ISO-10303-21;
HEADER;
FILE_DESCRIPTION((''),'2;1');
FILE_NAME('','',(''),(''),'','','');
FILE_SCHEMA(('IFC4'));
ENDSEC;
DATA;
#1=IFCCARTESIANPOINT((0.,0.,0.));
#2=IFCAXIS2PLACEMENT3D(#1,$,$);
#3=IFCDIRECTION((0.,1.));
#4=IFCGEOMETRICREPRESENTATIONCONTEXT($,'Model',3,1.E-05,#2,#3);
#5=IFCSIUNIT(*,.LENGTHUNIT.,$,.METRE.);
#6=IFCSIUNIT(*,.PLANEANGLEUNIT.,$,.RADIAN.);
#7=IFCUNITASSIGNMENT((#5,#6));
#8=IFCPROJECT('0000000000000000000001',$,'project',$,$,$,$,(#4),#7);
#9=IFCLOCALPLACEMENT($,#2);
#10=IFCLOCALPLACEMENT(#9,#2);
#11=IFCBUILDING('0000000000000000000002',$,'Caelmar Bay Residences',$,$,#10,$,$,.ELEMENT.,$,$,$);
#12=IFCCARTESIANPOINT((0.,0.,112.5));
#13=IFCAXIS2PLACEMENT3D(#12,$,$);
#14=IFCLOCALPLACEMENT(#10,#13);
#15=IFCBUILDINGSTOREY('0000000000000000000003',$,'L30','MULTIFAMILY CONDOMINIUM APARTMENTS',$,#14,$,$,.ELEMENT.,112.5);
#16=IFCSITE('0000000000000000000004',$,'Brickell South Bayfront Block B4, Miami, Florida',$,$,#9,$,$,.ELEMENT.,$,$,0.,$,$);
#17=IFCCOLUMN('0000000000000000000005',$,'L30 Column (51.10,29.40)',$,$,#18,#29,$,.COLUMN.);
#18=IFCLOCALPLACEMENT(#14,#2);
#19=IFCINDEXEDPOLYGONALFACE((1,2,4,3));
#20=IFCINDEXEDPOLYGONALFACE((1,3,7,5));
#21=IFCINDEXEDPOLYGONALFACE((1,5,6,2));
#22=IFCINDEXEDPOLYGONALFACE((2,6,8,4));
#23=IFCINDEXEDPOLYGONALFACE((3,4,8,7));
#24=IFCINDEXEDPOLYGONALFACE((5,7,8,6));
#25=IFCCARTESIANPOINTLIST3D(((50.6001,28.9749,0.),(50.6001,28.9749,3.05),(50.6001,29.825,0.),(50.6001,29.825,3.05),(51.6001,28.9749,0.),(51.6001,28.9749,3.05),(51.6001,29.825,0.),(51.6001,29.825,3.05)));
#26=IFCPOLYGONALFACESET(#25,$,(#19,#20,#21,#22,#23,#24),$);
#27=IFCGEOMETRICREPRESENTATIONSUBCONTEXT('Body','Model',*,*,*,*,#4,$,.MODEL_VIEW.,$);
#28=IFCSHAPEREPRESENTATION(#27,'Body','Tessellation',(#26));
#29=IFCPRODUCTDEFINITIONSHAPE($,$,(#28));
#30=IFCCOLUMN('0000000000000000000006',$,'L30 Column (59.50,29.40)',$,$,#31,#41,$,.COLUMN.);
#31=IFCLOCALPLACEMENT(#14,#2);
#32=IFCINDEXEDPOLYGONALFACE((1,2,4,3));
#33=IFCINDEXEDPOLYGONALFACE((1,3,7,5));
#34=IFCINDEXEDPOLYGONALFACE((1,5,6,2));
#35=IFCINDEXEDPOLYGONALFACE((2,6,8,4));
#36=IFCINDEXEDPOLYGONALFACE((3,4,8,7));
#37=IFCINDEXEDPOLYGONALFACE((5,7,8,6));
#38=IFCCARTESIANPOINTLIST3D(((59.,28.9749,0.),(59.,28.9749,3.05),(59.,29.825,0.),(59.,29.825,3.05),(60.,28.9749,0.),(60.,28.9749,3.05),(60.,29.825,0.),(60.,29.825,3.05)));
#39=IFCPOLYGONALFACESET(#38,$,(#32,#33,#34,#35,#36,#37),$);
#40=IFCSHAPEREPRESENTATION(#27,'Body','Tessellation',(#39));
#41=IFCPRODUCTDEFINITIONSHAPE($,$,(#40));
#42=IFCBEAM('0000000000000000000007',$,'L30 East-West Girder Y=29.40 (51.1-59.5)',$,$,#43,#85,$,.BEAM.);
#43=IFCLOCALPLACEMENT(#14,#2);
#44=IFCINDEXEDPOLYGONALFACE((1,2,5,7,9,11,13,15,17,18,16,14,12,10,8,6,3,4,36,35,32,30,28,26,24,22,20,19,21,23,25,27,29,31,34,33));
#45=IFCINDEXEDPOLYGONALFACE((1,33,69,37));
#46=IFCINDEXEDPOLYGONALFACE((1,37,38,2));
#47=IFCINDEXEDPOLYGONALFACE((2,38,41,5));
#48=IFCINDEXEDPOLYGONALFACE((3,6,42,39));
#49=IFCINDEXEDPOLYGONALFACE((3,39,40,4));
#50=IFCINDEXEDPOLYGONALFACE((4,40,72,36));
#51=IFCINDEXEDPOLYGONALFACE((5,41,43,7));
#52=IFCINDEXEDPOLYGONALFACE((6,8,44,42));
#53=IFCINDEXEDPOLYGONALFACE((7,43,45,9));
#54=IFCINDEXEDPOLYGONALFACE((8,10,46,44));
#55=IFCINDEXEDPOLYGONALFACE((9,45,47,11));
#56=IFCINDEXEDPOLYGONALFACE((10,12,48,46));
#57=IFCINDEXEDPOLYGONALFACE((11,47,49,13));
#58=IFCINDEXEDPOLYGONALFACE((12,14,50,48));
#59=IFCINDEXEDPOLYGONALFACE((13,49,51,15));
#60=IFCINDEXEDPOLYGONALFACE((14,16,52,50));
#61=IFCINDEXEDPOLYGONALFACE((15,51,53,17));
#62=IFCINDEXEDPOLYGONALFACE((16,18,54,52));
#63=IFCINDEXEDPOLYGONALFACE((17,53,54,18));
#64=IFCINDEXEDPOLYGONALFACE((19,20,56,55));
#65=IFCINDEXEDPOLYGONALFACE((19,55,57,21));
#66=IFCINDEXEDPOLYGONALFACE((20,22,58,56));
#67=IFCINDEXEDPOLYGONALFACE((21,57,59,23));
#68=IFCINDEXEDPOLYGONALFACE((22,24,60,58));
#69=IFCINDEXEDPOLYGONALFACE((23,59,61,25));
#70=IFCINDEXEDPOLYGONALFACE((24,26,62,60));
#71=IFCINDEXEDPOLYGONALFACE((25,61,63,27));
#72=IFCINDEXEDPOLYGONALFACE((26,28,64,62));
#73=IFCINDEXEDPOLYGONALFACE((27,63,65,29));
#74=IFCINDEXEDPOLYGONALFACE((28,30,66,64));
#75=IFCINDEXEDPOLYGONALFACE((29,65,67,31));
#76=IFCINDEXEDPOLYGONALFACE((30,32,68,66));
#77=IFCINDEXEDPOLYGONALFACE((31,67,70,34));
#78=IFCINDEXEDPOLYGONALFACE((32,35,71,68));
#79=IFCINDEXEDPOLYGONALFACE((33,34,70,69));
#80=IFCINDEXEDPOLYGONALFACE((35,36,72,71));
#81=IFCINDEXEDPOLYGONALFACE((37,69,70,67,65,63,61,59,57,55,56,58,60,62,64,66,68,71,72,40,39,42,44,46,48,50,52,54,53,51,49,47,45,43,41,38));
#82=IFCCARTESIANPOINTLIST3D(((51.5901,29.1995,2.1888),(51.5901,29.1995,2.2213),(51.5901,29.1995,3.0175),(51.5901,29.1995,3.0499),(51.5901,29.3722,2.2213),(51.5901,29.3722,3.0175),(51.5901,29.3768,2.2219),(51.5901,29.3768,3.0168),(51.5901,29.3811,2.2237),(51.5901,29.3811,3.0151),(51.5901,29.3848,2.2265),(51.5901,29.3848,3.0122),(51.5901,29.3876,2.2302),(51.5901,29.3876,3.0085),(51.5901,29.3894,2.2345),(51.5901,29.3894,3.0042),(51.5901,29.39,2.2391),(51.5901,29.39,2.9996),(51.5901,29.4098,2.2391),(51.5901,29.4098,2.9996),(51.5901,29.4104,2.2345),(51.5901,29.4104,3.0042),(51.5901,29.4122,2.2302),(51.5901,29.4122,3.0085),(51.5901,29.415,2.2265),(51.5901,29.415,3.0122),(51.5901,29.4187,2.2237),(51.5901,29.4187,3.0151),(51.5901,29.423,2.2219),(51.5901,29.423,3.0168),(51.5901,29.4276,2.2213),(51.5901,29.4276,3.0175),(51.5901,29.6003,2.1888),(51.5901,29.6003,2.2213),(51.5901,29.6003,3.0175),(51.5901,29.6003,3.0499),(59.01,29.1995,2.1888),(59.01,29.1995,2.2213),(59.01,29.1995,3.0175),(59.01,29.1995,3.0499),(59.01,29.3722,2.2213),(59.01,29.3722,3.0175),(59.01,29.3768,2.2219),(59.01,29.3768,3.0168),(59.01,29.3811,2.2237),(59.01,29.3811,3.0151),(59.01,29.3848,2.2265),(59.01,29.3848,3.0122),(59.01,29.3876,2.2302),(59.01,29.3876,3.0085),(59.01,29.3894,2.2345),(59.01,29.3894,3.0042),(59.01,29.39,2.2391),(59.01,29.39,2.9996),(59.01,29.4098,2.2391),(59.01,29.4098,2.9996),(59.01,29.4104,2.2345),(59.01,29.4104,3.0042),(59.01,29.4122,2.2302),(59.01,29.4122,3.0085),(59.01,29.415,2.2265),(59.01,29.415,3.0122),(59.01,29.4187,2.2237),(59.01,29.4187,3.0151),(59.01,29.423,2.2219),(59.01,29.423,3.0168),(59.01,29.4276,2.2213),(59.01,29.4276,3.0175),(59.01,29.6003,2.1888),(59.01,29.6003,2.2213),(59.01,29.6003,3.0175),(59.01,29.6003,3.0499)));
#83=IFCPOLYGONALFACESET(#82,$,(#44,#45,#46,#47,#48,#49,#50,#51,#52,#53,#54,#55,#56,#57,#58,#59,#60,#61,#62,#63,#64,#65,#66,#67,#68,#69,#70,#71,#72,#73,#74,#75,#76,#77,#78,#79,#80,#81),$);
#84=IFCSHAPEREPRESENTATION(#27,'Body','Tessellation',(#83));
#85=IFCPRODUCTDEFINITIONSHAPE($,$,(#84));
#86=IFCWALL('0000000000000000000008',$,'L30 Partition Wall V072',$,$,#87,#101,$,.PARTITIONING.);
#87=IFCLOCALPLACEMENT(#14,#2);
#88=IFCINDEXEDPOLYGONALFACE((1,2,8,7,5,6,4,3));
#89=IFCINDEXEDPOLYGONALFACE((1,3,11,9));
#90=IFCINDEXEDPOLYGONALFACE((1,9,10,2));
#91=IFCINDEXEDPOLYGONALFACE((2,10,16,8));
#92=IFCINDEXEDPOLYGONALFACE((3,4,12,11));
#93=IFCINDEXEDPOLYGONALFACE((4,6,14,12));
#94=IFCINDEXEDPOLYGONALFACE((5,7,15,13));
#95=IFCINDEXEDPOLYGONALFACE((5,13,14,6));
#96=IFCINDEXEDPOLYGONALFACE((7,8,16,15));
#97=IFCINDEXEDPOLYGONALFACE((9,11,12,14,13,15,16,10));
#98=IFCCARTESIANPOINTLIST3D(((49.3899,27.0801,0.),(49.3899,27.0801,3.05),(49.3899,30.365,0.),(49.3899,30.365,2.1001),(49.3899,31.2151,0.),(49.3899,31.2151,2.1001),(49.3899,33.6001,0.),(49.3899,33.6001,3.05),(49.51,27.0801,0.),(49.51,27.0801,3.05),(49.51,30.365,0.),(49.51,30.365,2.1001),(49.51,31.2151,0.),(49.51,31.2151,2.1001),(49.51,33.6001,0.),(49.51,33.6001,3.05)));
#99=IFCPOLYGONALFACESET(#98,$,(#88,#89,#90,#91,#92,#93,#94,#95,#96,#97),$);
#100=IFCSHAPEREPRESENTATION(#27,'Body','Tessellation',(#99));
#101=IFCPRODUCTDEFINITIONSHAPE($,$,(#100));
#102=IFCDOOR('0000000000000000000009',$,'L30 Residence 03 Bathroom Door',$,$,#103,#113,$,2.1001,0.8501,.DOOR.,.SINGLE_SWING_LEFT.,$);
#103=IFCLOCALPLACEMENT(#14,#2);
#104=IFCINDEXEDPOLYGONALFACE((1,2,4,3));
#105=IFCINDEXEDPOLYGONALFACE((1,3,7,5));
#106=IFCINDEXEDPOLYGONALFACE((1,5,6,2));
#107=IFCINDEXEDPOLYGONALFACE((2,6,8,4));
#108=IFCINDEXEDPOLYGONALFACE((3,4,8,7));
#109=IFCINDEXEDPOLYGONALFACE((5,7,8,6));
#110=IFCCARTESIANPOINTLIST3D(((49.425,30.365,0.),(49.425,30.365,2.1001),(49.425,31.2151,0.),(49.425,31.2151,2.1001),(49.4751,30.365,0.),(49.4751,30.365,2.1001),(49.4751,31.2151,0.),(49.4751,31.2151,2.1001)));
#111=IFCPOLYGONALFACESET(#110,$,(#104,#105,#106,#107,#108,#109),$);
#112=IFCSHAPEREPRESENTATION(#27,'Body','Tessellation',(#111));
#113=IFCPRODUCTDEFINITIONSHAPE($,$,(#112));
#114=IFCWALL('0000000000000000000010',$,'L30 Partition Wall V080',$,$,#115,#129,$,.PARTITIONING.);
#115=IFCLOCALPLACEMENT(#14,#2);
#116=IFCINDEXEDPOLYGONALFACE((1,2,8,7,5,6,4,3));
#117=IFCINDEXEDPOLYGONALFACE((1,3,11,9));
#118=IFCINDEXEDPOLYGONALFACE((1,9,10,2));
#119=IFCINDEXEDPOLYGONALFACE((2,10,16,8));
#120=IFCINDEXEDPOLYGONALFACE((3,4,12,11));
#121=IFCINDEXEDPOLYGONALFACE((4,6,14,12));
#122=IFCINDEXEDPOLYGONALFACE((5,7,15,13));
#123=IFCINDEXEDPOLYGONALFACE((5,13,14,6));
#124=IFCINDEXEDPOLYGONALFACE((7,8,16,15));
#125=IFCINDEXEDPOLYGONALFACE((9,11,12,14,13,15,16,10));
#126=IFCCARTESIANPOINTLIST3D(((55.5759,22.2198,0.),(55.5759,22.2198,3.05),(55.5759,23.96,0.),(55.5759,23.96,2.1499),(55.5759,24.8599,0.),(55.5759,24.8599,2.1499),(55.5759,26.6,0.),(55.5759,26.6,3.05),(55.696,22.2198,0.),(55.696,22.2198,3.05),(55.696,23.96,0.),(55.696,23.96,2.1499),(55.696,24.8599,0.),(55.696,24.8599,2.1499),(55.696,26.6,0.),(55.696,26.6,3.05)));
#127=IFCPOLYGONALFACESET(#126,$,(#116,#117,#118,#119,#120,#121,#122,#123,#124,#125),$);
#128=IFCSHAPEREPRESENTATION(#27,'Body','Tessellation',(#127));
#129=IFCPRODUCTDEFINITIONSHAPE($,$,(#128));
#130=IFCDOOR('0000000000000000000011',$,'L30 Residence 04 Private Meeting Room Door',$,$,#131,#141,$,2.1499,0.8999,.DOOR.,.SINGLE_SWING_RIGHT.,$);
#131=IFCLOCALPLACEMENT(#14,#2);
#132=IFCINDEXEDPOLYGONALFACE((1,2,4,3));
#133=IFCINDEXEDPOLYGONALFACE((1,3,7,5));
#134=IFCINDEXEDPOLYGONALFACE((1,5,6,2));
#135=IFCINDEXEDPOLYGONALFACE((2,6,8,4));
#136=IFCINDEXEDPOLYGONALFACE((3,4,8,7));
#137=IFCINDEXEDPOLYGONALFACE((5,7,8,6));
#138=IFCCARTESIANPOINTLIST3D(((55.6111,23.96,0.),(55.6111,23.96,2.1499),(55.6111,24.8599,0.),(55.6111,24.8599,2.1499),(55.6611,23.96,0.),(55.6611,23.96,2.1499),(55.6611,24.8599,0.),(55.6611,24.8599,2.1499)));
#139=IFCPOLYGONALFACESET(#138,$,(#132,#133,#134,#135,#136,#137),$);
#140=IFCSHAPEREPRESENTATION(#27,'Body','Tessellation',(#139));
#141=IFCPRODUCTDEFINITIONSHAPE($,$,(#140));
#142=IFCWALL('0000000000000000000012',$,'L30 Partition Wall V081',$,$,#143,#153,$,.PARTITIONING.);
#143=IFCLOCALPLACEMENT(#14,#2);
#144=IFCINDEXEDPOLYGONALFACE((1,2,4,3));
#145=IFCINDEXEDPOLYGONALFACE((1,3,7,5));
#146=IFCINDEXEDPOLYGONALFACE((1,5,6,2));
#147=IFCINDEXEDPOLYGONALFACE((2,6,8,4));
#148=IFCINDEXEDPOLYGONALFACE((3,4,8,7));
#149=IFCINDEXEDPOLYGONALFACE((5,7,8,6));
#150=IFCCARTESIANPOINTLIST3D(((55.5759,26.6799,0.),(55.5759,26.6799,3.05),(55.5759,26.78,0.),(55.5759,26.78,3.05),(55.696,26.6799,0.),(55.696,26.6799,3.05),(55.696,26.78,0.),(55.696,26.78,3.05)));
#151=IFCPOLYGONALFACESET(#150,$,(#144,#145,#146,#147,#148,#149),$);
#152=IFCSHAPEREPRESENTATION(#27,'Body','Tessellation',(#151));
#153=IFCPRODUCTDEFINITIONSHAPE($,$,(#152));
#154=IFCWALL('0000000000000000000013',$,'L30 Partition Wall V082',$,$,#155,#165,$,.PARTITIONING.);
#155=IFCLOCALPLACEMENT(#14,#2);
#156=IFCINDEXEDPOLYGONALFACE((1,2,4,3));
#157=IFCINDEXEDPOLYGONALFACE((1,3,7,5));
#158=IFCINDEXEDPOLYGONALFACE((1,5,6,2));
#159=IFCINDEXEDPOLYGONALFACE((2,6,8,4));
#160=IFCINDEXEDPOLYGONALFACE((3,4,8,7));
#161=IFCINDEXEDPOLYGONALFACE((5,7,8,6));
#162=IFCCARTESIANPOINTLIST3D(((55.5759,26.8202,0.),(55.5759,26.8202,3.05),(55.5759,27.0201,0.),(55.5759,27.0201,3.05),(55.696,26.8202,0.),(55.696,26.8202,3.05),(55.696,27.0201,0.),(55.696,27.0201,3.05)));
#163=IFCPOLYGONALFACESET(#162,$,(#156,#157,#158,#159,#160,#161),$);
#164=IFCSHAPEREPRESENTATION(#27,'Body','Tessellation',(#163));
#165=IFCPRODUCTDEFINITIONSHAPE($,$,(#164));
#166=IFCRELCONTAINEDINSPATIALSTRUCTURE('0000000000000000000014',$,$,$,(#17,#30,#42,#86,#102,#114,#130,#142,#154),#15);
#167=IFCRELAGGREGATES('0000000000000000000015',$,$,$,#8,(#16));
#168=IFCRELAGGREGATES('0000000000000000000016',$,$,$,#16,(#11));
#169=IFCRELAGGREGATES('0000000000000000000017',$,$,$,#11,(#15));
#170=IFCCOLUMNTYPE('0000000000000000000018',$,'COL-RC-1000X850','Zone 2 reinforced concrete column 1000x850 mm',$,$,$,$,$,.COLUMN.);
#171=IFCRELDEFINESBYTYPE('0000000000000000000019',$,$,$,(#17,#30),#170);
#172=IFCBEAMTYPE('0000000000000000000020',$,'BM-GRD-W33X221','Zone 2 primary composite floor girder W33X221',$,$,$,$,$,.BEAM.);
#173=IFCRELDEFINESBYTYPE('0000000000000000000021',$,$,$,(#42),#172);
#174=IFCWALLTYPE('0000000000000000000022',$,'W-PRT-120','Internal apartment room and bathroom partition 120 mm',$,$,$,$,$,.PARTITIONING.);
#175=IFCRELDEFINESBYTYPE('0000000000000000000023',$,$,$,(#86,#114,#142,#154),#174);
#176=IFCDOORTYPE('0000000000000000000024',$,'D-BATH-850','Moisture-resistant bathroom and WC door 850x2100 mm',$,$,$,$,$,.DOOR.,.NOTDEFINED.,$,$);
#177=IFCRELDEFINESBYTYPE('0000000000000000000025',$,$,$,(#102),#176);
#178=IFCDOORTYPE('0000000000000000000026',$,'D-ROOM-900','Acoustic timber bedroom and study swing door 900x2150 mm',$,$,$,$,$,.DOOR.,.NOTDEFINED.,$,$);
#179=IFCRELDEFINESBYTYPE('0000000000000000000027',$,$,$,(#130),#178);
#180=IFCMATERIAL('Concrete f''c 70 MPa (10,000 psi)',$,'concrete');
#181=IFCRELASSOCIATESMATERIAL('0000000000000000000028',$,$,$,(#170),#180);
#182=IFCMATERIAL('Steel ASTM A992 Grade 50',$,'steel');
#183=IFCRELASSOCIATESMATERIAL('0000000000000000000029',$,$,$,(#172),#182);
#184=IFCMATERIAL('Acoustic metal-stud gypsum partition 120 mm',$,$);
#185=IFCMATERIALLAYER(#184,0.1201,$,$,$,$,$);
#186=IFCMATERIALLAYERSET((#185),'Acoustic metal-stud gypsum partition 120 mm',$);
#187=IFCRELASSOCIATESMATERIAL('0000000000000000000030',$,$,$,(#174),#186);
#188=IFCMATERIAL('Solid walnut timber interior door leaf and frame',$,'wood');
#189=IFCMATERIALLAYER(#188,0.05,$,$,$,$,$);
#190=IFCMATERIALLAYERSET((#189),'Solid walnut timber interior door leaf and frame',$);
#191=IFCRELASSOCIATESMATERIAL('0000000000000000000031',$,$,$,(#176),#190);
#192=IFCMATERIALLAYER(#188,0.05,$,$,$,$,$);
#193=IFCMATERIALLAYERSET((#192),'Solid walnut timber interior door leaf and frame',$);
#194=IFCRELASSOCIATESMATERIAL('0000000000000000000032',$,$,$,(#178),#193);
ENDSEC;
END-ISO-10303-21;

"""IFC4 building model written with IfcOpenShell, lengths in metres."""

from ifc_helpers import new_model, si_unit, direction, frame, frame_2d, origin, origin_2d, place, context, subcontext, project, spatial, rectangle, i_section, extrude, material, layer, layer_set, material_profile, profile_set, type_object, element, fill, save


model = new_model("IFC4")

# Units and contexts
model_context = context("Model", 3, precision=1e-05, world=origin(), true_north=direction((0.0, 1.0)))
body_context = subcontext(model_context, "Body", "Model", "MODEL_VIEW")
ifc_project = project(units=[si_unit("LENGTHUNIT", "METRE"), si_unit("PLANEANGLEUNIT", "RADIAN")], contexts=[model_context])

# Site, building, storey
site_placement = place(None, origin())
site = spatial("IfcSite", under=ifc_project, at=site_placement, Name="Brickell South Bayfront Block B4, Miami, Florida", CompositionType="ELEMENT", RefElevation=0.0)
building_placement = place(site_placement, origin())
building = spatial("IfcBuilding", under=site, at=building_placement, Name="Caelmar Bay Residences", CompositionType="ELEMENT")
storey_placement = place(building_placement, frame((0.0, 0.0, 112.5)))
storey = spatial("IfcBuildingStorey", under=building, at=storey_placement, Name="L30", Description="MULTIFAMILY CONDOMINIUM APARTMENTS", CompositionType="ELEMENT", Elevation=112.5)

# Columns
ifc_material_1 = material(Name="Concrete f'c 70 MPa (10,000 psi)", Category="concrete")
ifc_material_profile_1 = material_profile(ifc_material_1, rectangle(XDim=1.0, YDim=0.8501, at=origin_2d()), Name="RC-COL-1000X850")
ifc_profile_set_1 = profile_set([ifc_material_profile_1], Name="Concrete f'c 70 MPa (10,000 psi)")
column_type = type_object("IfcColumnType", Name="COL-RC-1000X850", Description="Zone 2 reinforced concrete column 1000x850 mm", PredefinedType="COLUMN", material=ifc_profile_set_1)
for number, where, z_axis, x_axis, name in (
    (1, (51.1001, 29.3999, 0.0), (0.0, 0.0, 1.0), (1.0, 0.0, 0.0), "L30 Column (51.10,29.40)"),
    (2, (59.5, 29.3999, 0.0), (0.0, 0.0, 1.0), (1.0, 0.0, 0.0), "L30 Column (59.50,29.40)"),
):
    element("IfcColumn", number, at=place(storey_placement, frame(where, z_axis=z_axis, x_axis=x_axis)), inside=storey, type_object=column_type, Name=name, PredefinedType="COLUMN", context=body_context, shape_type="SweptSolid", body=[
        extrude(rectangle(XDim=1.0, YDim=0.8501, at=origin_2d()), origin(), (0.0, 0.0, 1.0), 3.05),
    ])

# Beam
ifc_material_2 = material(Name="Steel ASTM A992 Grade 50", Category="steel")
ifc_material_profile_2 = material_profile(ifc_material_2, i_section(OverallWidth=0.4009, OverallDepth=0.8611, WebThickness=0.0198, FlangeThickness=0.0325, FilletRadius=0.0178, at=origin_2d()), Name="W33X221")
ifc_profile_set_2 = profile_set([ifc_material_profile_2], Name="Steel ASTM A992 Grade 50")
beam_type = type_object("IfcBeamType", Name="BM-GRD-W33X221", Description="Zone 2 primary composite floor girder W33X221", PredefinedType="BEAM", material=ifc_profile_set_2)
beam_placement = place(storey_placement, frame((51.5901, 29.3999, 2.6194), z_axis=(1.0, 0.0, 0.0), x_axis=(0.0, 1.0, 0.0)))
element("IfcBeam", 3, at=beam_placement, inside=storey, type_object=beam_type, Name="L30 East-West Girder Y=29.40 (51.1-59.5)", PredefinedType="BEAM", context=body_context, shape_type="SweptSolid", body=[
    extrude(i_section(OverallWidth=0.4009, OverallDepth=0.8611, WebThickness=0.0198, FlangeThickness=0.0325, FilletRadius=0.0178, at=origin_2d()), origin(), (0.0, 0.0, 1.0), 7.4199),
])

# Walls, openings, doors
ifc_material_3 = material(Name="Acoustic metal-stud gypsum partition 120 mm")
ifc_layer_1 = layer(ifc_material_3, 0.1201)
ifc_layer_set_1 = layer_set([ifc_layer_1], Name="Acoustic metal-stud gypsum partition 120 mm")
wall_type_1 = type_object("IfcWallType", Name="W-PRT-120", Description="Internal apartment room and bathroom partition 120 mm", PredefinedType="PARTITIONING", material=ifc_layer_set_1)
wall_1_placement = place(storey_placement, frame((49.45, 27.0801, 0.0), z_axis=(0.0, 0.0, 1.0), x_axis=(0.0, 1.0, 0.0)))
wall_1 = element("IfcWall", 4, at=wall_1_placement, inside=storey, type_object=wall_type_1, Name="L30 Partition Wall V072", PredefinedType="PARTITIONING", context=body_context, shape_type="SweptSolid", body=[
    extrude(rectangle(XDim=6.52, YDim=0.1201, at=frame_2d((3.26, 0.0))), origin(), (0.0, 0.0, 1.0), 3.05),
])
opening_1_placement = place(wall_1_placement, frame((3.2849, 0.0, 0.0)))
opening_1 = element("IfcOpeningElement", 5, at=opening_1_placement, cuts=wall_1, PredefinedType="OPENING", context=body_context, shape_type="SweptSolid", body=[
    extrude(rectangle(XDim=0.8501, YDim=2.1001, at=frame_2d((0.425, 1.05))), frame((0.0, 0.0701, 0.0), z_axis=(0.0, -1.0, 0.0), x_axis=(1.0, 0.0, 0.0)), (0.0, 0.0, 1.0), 0.1401),
])
ifc_material_4 = material(Name="Solid walnut timber interior door leaf and frame", Category="wood")
ifc_layer_2 = layer(ifc_material_4, 0.05)
ifc_layer_set_2 = layer_set([ifc_layer_2], Name="Solid walnut timber interior door leaf and frame")
door_type_1 = type_object("IfcDoorType", Name="D-BATH-850", Description="Moisture-resistant bathroom and WC door 850x2100 mm", OperationType="NOTDEFINED", PredefinedType="DOOR", material=ifc_layer_set_2)
door_1_placement = place(opening_1_placement, origin())
door_1 = element("IfcDoor", 6, at=door_1_placement, inside=storey, type_object=door_type_1, Name="L30 Residence 03 Bathroom Door", OperationType="SINGLE_SWING_LEFT", OverallHeight=2.1001, OverallWidth=0.8501, PredefinedType="DOOR", context=body_context, shape_type="SweptSolid", body=[
    extrude(rectangle(XDim=0.8501, YDim=2.1001, at=frame_2d((0.425, 1.05))), frame((0.0, 0.0249, 0.0), z_axis=(0.0, -1.0, 0.0), x_axis=(1.0, 0.0, 0.0)), (0.0, 0.0, 1.0), 0.05),
])
fill(opening_1, door_1)
wall_2_placement = place(storey_placement, frame((55.636, 22.22, 0.0), z_axis=(0.0, 0.0, 1.0), x_axis=(0.0, 1.0, 0.0)))
wall_2 = element("IfcWall", 7, at=wall_2_placement, inside=storey, type_object=wall_type_1, Name="L30 Partition Wall V080", PredefinedType="PARTITIONING", context=body_context, shape_type="SweptSolid", body=[
    extrude(rectangle(XDim=4.3801, YDim=0.1201, at=frame_2d((2.1899, 0.0))), origin(), (0.0, 0.0, 1.0), 3.05),
])
opening_2_placement = place(wall_2_placement, frame((1.74, 0.0, 0.0)))
opening_2 = element("IfcOpeningElement", 8, at=opening_2_placement, cuts=wall_2, PredefinedType="OPENING", context=body_context, shape_type="SweptSolid", body=[
    extrude(rectangle(XDim=0.8999, YDim=2.1499, at=frame_2d((0.45, 1.075))), frame((0.0, 0.0701, 0.0), z_axis=(0.0, -1.0, 0.0), x_axis=(1.0, 0.0, 0.0)), (0.0, 0.0, 1.0), 0.1401),
])
ifc_layer_3 = layer(ifc_material_4, 0.05)
ifc_layer_set_3 = layer_set([ifc_layer_3], Name="Solid walnut timber interior door leaf and frame")
door_type_2 = type_object("IfcDoorType", Name="D-ROOM-900", Description="Acoustic timber bedroom and study swing door 900x2150 mm", OperationType="NOTDEFINED", PredefinedType="DOOR", material=ifc_layer_set_3)
door_2_placement = place(opening_2_placement, origin())
door_2 = element("IfcDoor", 9, at=door_2_placement, inside=storey, type_object=door_type_2, Name="L30 Residence 04 Private Meeting Room Door", OperationType="SINGLE_SWING_RIGHT", OverallHeight=2.1499, OverallWidth=0.8999, PredefinedType="DOOR", context=body_context, shape_type="SweptSolid", body=[
    extrude(rectangle(XDim=0.8999, YDim=2.1499, at=frame_2d((0.45, 1.075))), frame((0.0, 0.0249, 0.0), z_axis=(0.0, -1.0, 0.0), x_axis=(1.0, 0.0, 0.0)), (0.0, 0.0, 1.0), 0.05),
])
fill(opening_2, door_2)

# Walls
wall_3_placement = place(storey_placement, frame((55.636, 26.6799, 0.0), z_axis=(0.0, 0.0, 1.0), x_axis=(0.0, 1.0, 0.0)))
element("IfcWall", 10, at=wall_3_placement, inside=storey, type_object=wall_type_1, Name="L30 Partition Wall V081", PredefinedType="PARTITIONING", context=body_context, shape_type="SweptSolid", body=[
    extrude(rectangle(XDim=0.1001, YDim=0.1201, at=frame_2d((0.05, 0.0))), origin(), (0.0, 0.0, 1.0), 3.05),
])
wall_4_placement = place(storey_placement, frame((55.636, 26.8201, 0.0), z_axis=(0.0, 0.0, 1.0), x_axis=(0.0, 1.0, 0.0)))
element("IfcWall", 11, at=wall_4_placement, inside=storey, type_object=wall_type_1, Name="L30 Partition Wall V082", PredefinedType="PARTITIONING", context=body_context, shape_type="SweptSolid", body=[
    extrude(rectangle(XDim=0.2, YDim=0.1201, at=frame_2d((0.1001, 0.0))), origin(), (0.0, 0.0, 1.0), 3.05),
])

save(model, "model.ifc")
